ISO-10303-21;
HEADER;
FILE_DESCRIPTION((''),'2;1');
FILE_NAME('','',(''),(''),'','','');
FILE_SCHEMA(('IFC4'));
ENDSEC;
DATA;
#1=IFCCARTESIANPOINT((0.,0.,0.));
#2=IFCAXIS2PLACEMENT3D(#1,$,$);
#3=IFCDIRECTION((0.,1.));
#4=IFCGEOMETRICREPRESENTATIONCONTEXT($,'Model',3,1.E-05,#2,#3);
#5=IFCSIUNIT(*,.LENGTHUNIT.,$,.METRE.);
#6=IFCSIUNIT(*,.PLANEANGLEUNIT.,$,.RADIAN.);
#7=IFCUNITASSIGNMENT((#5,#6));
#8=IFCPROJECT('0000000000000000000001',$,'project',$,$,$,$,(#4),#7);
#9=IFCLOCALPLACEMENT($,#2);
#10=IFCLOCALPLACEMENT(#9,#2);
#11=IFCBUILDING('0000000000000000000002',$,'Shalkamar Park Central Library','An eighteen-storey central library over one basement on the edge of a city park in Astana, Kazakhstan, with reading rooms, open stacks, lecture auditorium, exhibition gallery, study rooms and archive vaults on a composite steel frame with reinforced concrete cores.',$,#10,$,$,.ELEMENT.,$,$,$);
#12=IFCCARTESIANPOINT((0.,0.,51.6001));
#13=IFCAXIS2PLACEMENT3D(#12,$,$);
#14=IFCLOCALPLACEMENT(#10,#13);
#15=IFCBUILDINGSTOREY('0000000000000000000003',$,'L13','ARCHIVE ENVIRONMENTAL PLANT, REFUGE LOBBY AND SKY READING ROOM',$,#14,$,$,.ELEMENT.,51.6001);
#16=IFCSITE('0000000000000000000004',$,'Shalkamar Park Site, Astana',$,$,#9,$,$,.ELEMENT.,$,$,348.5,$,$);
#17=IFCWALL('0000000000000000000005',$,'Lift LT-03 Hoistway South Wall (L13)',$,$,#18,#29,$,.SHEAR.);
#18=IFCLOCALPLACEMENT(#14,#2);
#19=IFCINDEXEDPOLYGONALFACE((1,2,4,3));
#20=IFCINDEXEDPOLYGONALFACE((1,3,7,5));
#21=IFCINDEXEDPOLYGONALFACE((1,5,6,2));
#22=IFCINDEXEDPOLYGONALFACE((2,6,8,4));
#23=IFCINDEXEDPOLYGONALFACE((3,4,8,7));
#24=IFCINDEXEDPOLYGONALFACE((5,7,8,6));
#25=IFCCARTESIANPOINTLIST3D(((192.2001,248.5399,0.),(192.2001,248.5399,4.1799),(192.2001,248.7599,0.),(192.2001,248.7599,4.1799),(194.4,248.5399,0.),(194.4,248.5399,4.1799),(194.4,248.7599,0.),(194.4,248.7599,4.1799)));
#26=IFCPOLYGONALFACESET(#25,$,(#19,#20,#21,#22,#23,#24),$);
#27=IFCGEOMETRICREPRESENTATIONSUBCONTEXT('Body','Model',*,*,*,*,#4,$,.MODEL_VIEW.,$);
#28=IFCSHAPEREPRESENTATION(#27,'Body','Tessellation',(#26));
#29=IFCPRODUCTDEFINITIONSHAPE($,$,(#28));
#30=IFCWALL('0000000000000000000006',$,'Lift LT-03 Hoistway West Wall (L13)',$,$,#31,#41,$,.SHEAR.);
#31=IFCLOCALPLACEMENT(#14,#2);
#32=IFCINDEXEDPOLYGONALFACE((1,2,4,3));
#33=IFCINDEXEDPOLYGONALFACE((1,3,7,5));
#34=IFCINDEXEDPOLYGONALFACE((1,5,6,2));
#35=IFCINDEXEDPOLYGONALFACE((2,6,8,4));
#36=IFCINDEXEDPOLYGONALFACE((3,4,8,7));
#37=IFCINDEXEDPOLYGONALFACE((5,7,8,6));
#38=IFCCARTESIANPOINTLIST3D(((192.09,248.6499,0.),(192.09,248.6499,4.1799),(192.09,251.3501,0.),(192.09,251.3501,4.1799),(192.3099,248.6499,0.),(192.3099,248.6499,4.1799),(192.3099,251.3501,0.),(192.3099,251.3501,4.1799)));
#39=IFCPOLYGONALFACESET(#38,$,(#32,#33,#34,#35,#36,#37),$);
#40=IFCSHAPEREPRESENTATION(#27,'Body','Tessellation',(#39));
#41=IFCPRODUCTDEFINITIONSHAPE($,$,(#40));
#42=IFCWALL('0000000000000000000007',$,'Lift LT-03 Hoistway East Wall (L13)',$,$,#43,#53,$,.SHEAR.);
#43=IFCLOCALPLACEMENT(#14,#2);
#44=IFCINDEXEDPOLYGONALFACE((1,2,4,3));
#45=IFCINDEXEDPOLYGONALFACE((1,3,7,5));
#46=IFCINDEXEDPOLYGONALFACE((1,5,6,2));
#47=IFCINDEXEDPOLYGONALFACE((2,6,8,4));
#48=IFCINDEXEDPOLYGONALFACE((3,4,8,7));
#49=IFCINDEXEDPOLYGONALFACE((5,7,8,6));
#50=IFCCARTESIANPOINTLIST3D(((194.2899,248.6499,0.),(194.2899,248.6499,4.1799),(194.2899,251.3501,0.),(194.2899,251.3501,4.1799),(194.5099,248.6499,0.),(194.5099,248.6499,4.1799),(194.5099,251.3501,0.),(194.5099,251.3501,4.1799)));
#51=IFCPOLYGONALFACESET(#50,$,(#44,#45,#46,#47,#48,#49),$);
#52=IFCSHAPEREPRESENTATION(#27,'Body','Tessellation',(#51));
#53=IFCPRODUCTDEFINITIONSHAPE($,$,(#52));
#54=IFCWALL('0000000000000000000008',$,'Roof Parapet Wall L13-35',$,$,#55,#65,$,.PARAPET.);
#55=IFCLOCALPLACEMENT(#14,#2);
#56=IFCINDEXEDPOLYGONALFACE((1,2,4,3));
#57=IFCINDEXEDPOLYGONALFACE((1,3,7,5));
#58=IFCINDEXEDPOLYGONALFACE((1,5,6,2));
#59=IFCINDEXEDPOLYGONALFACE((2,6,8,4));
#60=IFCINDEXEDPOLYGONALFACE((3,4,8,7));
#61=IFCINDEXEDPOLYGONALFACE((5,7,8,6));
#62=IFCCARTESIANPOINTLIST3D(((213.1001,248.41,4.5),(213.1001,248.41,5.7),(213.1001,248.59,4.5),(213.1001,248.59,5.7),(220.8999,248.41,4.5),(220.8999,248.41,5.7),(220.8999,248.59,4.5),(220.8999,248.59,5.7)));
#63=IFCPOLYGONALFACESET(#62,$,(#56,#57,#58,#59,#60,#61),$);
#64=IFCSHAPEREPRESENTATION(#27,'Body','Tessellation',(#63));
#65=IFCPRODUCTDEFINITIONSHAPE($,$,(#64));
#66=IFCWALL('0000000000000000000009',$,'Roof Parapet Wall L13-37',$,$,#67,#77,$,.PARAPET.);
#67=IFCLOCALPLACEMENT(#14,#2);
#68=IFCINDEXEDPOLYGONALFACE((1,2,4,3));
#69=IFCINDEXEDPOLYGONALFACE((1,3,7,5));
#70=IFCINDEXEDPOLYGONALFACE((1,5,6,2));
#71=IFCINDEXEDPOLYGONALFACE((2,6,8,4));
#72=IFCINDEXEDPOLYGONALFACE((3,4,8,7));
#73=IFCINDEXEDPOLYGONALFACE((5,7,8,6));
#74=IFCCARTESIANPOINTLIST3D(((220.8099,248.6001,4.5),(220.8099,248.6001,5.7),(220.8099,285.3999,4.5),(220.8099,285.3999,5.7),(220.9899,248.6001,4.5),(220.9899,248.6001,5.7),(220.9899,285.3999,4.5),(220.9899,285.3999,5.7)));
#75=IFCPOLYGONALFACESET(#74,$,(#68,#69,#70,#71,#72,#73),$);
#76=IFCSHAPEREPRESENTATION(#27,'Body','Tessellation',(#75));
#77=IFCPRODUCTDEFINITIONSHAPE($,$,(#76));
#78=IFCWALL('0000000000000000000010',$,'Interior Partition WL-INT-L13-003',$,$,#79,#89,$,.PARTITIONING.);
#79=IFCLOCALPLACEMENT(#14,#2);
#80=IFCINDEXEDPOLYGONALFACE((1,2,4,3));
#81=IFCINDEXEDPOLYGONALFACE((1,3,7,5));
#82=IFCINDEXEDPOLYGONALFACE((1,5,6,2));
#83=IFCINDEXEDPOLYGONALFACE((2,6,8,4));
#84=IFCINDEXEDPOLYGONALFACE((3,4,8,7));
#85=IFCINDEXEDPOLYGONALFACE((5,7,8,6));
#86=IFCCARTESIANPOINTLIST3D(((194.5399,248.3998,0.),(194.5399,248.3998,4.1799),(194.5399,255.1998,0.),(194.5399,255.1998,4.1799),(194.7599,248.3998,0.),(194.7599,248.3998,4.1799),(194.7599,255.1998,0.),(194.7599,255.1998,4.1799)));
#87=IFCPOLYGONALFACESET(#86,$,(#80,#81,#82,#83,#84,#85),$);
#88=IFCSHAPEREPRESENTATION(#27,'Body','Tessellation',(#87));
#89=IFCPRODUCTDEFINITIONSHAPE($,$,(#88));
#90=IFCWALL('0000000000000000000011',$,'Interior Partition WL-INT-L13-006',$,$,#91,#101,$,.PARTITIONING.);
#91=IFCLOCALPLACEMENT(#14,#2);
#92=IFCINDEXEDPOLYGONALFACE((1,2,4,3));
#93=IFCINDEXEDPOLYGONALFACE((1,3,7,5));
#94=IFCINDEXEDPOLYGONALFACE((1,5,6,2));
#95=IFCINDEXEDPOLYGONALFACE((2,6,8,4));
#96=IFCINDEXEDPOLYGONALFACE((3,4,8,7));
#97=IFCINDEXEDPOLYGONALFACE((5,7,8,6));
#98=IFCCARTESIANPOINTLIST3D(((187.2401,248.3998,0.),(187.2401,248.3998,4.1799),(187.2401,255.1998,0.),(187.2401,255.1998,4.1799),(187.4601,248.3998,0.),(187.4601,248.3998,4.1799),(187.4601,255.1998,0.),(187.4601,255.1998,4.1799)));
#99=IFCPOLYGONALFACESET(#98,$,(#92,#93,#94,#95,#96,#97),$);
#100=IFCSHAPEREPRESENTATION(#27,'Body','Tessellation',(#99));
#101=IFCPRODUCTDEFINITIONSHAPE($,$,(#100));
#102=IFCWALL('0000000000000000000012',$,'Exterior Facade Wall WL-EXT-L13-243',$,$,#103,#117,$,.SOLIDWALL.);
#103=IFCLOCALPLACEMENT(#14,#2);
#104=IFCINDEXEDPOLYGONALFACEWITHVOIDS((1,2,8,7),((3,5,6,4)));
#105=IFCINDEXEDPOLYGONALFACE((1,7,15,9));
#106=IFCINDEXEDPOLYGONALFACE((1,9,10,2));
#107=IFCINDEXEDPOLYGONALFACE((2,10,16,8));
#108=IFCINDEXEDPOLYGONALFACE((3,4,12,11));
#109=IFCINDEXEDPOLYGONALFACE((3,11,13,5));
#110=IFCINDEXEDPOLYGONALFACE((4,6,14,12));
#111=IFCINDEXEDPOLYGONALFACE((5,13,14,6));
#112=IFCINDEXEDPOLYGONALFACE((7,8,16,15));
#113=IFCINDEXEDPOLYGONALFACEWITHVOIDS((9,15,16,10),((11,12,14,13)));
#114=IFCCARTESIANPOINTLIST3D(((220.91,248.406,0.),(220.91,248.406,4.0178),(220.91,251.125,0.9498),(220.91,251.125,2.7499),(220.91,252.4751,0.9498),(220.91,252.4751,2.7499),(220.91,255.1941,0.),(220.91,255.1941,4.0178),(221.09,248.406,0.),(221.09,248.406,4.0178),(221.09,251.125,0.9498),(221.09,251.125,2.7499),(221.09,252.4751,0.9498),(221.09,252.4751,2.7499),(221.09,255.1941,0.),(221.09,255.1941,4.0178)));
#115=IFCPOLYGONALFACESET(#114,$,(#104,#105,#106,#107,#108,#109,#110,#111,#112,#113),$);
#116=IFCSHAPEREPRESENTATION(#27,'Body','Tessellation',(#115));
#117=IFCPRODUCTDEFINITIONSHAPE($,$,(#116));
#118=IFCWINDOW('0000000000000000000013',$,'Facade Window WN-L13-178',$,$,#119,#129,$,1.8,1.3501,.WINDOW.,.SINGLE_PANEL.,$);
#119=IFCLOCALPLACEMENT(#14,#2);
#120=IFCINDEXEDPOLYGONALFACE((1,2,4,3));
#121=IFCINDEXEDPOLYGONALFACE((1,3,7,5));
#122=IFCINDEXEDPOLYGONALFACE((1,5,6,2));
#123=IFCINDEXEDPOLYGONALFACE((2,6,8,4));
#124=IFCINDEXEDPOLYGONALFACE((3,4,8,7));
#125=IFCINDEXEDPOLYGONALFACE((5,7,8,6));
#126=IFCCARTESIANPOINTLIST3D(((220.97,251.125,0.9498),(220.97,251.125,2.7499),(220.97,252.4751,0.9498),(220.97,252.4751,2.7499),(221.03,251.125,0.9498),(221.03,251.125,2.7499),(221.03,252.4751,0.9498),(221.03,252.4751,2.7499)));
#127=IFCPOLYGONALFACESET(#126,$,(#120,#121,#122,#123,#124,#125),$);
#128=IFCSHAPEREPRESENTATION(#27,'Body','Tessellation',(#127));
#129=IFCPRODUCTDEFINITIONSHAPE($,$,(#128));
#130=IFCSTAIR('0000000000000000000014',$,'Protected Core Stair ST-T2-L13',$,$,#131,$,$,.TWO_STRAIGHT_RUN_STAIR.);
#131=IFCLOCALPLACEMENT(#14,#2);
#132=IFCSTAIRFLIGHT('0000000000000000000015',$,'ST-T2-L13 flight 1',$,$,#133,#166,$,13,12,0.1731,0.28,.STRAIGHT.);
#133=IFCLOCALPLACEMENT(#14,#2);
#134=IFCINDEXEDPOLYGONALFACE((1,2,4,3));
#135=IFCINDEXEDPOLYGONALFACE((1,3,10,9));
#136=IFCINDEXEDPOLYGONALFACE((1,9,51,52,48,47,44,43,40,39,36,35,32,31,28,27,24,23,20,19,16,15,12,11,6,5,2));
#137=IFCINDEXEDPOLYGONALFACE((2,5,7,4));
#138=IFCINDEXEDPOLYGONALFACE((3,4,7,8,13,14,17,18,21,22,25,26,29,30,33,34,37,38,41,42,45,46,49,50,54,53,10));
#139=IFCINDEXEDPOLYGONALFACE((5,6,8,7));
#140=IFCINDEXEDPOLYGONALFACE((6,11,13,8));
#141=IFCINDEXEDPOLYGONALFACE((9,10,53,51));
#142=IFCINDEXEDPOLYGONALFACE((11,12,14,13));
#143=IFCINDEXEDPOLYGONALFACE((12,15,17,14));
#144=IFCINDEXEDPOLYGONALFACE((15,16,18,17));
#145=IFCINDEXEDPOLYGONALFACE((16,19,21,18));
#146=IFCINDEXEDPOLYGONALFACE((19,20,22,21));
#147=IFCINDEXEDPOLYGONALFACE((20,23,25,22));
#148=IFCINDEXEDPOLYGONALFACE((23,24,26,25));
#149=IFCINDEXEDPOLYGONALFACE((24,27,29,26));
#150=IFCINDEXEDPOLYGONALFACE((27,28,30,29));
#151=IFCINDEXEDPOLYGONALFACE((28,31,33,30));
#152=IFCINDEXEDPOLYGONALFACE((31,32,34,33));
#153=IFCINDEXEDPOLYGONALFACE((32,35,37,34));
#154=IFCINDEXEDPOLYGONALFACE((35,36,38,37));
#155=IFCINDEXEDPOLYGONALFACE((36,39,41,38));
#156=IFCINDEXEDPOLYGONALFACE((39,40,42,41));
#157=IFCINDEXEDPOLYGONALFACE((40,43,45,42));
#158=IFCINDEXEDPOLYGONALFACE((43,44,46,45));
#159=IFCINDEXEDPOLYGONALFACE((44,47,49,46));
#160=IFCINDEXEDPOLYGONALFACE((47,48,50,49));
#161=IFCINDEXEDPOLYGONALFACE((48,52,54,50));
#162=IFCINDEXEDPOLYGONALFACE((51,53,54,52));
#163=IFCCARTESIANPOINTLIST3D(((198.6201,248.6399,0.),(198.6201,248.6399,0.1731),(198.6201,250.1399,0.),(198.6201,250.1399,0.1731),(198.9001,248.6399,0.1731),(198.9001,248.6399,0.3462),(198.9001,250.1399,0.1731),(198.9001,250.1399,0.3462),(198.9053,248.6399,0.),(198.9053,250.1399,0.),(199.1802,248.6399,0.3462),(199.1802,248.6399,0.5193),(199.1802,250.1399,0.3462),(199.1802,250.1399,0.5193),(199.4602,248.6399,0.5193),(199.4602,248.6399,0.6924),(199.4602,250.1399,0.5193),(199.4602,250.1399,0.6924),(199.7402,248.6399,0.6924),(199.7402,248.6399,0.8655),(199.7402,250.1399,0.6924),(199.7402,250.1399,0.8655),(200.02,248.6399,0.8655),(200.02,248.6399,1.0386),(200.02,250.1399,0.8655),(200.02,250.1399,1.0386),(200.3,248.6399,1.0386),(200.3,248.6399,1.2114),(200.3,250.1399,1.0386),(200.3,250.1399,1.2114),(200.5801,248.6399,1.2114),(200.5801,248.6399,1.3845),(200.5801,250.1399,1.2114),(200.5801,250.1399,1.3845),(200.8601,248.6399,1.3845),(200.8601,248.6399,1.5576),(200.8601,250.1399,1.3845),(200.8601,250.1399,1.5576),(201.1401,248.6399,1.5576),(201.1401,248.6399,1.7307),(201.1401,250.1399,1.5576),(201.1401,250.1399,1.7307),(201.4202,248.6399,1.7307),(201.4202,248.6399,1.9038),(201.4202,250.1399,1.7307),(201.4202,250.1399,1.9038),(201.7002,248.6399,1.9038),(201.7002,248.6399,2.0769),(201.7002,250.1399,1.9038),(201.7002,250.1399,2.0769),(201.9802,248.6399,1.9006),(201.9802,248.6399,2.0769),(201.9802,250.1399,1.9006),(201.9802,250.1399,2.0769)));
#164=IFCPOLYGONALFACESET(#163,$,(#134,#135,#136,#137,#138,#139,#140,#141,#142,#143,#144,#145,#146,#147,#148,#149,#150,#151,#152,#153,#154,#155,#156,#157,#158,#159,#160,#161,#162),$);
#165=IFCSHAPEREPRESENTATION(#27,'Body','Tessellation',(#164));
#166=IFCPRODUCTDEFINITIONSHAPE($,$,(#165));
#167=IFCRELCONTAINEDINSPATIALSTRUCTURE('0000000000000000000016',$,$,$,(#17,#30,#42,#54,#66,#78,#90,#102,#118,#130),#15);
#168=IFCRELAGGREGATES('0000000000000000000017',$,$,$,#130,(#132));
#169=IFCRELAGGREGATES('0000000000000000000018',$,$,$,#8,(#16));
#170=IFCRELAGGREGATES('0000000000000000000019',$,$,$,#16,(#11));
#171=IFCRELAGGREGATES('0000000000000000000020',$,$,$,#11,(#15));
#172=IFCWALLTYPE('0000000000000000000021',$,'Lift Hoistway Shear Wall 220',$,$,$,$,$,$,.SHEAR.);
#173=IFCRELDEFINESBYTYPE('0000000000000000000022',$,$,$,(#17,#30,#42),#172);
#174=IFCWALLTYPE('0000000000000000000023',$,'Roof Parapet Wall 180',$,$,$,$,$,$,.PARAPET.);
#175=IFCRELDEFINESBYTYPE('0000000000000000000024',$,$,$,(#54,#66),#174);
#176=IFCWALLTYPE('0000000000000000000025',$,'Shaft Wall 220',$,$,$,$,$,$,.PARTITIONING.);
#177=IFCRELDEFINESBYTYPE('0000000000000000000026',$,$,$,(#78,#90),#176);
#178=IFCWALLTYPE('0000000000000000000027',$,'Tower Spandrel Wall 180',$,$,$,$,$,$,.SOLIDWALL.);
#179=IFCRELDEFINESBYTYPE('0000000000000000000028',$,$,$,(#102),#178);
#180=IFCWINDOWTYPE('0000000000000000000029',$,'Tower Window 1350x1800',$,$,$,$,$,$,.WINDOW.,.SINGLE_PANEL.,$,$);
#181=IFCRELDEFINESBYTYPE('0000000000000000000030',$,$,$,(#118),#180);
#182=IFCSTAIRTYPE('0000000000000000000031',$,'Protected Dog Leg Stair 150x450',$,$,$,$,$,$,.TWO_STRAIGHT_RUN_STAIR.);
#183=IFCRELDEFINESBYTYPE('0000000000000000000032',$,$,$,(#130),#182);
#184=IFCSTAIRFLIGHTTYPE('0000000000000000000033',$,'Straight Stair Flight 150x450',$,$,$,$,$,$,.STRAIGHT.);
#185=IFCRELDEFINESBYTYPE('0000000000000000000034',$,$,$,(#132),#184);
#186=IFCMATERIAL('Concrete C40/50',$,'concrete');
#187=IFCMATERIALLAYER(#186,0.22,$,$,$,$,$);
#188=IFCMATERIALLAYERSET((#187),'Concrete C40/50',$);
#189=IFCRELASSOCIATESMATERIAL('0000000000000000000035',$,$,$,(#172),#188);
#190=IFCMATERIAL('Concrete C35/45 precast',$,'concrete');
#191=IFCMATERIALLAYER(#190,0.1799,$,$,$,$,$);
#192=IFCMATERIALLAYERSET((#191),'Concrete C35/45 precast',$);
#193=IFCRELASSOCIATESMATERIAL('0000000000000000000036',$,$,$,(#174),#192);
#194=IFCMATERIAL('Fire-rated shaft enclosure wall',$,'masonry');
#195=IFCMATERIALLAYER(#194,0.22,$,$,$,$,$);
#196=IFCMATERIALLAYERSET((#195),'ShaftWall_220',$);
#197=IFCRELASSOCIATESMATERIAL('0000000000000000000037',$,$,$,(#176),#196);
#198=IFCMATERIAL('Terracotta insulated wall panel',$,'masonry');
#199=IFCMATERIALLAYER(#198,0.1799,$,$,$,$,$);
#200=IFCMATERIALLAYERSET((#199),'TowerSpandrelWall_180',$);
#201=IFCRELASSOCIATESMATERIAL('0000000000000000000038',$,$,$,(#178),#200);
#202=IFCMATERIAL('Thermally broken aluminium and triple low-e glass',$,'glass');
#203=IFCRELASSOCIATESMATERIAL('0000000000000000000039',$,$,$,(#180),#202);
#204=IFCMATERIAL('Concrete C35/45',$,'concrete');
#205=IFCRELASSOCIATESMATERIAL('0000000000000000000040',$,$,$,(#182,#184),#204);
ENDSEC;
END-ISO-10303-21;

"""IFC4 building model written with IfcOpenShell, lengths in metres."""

from ifc_helpers import new_model, si_unit, direction, frame, frame_2d, origin, place, context, subcontext, project, spatial, polyline, rectangle, outline, extrude, material, layer, layer_set, type_object, element, fill, aggregate, save


model = new_model("IFC4")

# Units and contexts
model_context = context("Model", 3, precision=1e-05, world=origin(), true_north=direction((0.0, 1.0)))
body_context = subcontext(model_context, "Body", "Model", "MODEL_VIEW")
ifc_project = project(units=[si_unit("LENGTHUNIT", "METRE"), si_unit("PLANEANGLEUNIT", "RADIAN")], contexts=[model_context])

# Site, building, storey
site_placement = place(None, origin())
site = spatial("IfcSite", under=ifc_project, at=site_placement, Name="Shalkamar Park Site, Astana", CompositionType="ELEMENT", RefElevation=348.5)
building_placement = place(site_placement, origin())
building = spatial("IfcBuilding", under=site, at=building_placement, Name="Shalkamar Park Central Library", Description="An eighteen-storey central library over one basement on the edge of a city park in Astana, Kazakhstan, with reading rooms, open stacks, lecture auditorium, exhibition gallery, study rooms and archive vaults on a composite steel frame with reinforced concrete cores.", CompositionType="ELEMENT")
storey_placement = place(building_placement, frame((0.0, 0.0, 51.6001)))
storey = spatial("IfcBuildingStorey", under=building, at=storey_placement, Name="L13", Description="ARCHIVE ENVIRONMENTAL PLANT, REFUGE LOBBY AND SKY READING ROOM", CompositionType="ELEMENT", Elevation=51.6001)

# Shared definitions
ifc_material_1 = material(Name="Concrete C40/50", Category="concrete")
ifc_layer_1 = layer(ifc_material_1, 0.22)
ifc_layer_set_1 = layer_set([ifc_layer_1], Name="Concrete C40/50")
wall_type_1 = type_object("IfcWallType", Name="Lift Hoistway Shear Wall 220", PredefinedType="SHEAR", material=ifc_layer_set_1)

# Walls
wall_1_placement = place(storey_placement, frame((192.2, 248.6499, 0.0), z_axis=(0.0, 0.0, 1.0), x_axis=(1.0, 0.0, 0.0)))
element("IfcWall", 1, at=wall_1_placement, inside=storey, type_object=wall_type_1, Name="Lift LT-03 Hoistway South Wall (L13)", PredefinedType="SHEAR", context=body_context, shape_type="SweptSolid", body=[
    extrude(rectangle(XDim=2.2, YDim=0.22, at=frame_2d((1.1001, 0.0))), origin(), (0.0, 0.0, 1.0), 4.1799),
])
for number, where, z_axis, x_axis, name in (
    (2, (192.2, 248.6499, 0.0), (0.0, 0.0, 1.0), (0.0, 1.0, 0.0), "Lift LT-03 Hoistway West Wall (L13)"),
    (3, (194.3999, 248.6499, 0.0), (0.0, 0.0, 1.0), (0.0, 1.0, 0.0), "Lift LT-03 Hoistway East Wall (L13)"),
):
    element("IfcWall", number, at=place(storey_placement, frame(where, z_axis=z_axis, x_axis=x_axis)), inside=storey, type_object=wall_type_1, Name=name, PredefinedType="SHEAR", context=body_context, shape_type="SweptSolid", body=[
        extrude(rectangle(XDim=2.7002, YDim=0.22, at=frame_2d((1.3501, 0.0))), origin(), (0.0, 0.0, 1.0), 4.1799),
    ])

# Walls
ifc_material_2 = material(Name="Concrete C35/45 precast", Category="concrete")
ifc_layer_2 = layer(ifc_material_2, 0.1799)
ifc_layer_set_2 = layer_set([ifc_layer_2], Name="Concrete C35/45 precast")
wall_type_2 = type_object("IfcWallType", Name="Roof Parapet Wall 180", PredefinedType="PARAPET", material=ifc_layer_set_2)
wall_2_placement = place(storey_placement, frame((213.1001, 248.5, 4.5), z_axis=(0.0, 0.0, 1.0), x_axis=(1.0, 0.0, 0.0)))
element("IfcWall", 4, at=wall_2_placement, inside=storey, type_object=wall_type_2, Name="Roof Parapet Wall L13-35", PredefinedType="PARAPET", context=body_context, shape_type="SweptSolid", body=[
    extrude(rectangle(XDim=7.7998, YDim=0.1799, at=frame_2d((3.8999, 0.0))), origin(), (0.0, 0.0, 1.0), 1.2),
])
wall_3_placement = place(storey_placement, frame((220.8999, 248.6001, 4.5), z_axis=(0.0, 0.0, 1.0), x_axis=(0.0, 1.0, 0.0)))
element("IfcWall", 5, at=wall_3_placement, inside=storey, type_object=wall_type_2, Name="Roof Parapet Wall L13-37", PredefinedType="PARAPET", context=body_context, shape_type="SweptSolid", body=[
    extrude(rectangle(XDim=36.7998, YDim=0.1799, at=frame_2d((18.3999, 0.0))), origin(), (0.0, 0.0, 1.0), 1.2),
])
ifc_material_3 = material(Name="Fire-rated shaft enclosure wall", Category="masonry")
ifc_layer_3 = layer(ifc_material_3, 0.22)
ifc_layer_set_3 = layer_set([ifc_layer_3], Name="ShaftWall_220")
wall_type_3 = type_object("IfcWallType", Name="Shaft Wall 220", PredefinedType="PARTITIONING", material=ifc_layer_set_3)
for number, where, z_axis, x_axis, name in (
    (6, (194.6499, 248.3999, 0.0), (0.0, 0.0, 1.0), (0.0, 1.0, 0.0), "Interior Partition WL-INT-L13-003"),
    (7, (187.3501, 248.3999, 0.0), (0.0, 0.0, 1.0), (0.0, 1.0, 0.0), "Interior Partition WL-INT-L13-006"),
):
    element("IfcWall", number, at=place(storey_placement, frame(where, z_axis=z_axis, x_axis=x_axis)), inside=storey, type_object=wall_type_3, Name=name, PredefinedType="PARTITIONING", context=body_context, shape_type="SweptSolid", body=[
        extrude(rectangle(XDim=6.8, YDim=0.22, at=frame_2d((3.3999, 0.0))), origin(), (0.0, 0.0, 1.0), 4.1799),
    ])

# Wall, opening, window
ifc_material_4 = material(Name="Terracotta insulated wall panel", Category="masonry")
ifc_layer_4 = layer(ifc_material_4, 0.1799)
ifc_layer_set_4 = layer_set([ifc_layer_4], Name="TowerSpandrelWall_180")
wall_type_4 = type_object("IfcWallType", Name="Tower Spandrel Wall 180", PredefinedType="SOLIDWALL", material=ifc_layer_set_4)
wall_4_placement = place(storey_placement, frame((221.0, 248.406, 0.0), z_axis=(0.0, 0.0, 1.0), x_axis=(0.0, 1.0, 0.0)))
wall_4 = element("IfcWall", 8, at=wall_4_placement, inside=storey, type_object=wall_type_4, Name="Exterior Facade Wall WL-EXT-L13-243", PredefinedType="SOLIDWALL", context=body_context, shape_type="SweptSolid", body=[
    extrude(rectangle(XDim=6.7881, YDim=0.1799, at=frame_2d((3.394, 0.0))), origin(), (0.0, 0.0, 1.0), 4.0178),
])
opening_1_placement = place(wall_4_placement, frame((2.719, 0.0, 0.95)))
opening_1 = element("IfcOpeningElement", 9, at=opening_1_placement, cuts=wall_4, PredefinedType="OPENING", context=body_context, shape_type="SweptSolid", body=[
    extrude(rectangle(XDim=1.3501, YDim=1.8, at=frame_2d((0.675, 0.8999))), frame((0.0, 0.105, 0.0), z_axis=(0.0, -1.0, 0.0), x_axis=(1.0, 0.0, 0.0)), (0.0, 0.0, 1.0), 0.2097),
])
ifc_material_5 = material(Name="Thermally broken aluminium and triple low-e glass", Category="glass")
window_type = type_object("IfcWindowType", Name="Tower Window 1350x1800", PartitioningType="SINGLE_PANEL", PredefinedType="WINDOW", material=ifc_material_5)
window_placement = place(opening_1_placement, origin())
window = element("IfcWindow", 10, at=window_placement, inside=storey, type_object=window_type, Name="Facade Window WN-L13-178", OverallHeight=1.8, OverallWidth=1.3501, PartitioningType="SINGLE_PANEL", PredefinedType="WINDOW", context=body_context, shape_type="SweptSolid", body=[
    extrude(rectangle(XDim=1.3501, YDim=1.8, at=frame_2d((0.675, 0.8999))), frame((0.0, 0.03, 0.0), z_axis=(0.0, -1.0, 0.0), x_axis=(1.0, 0.0, 0.0)), (0.0, 0.0, 1.0), 0.0601),
])
fill(opening_1, window)

# Stair, stair flight
ifc_material_6 = material(Name="Concrete C35/45", Category="concrete")
stair_type = type_object("IfcStairType", Name="Protected Dog Leg Stair 150x450", PredefinedType="TWO_STRAIGHT_RUN_STAIR", material=ifc_material_6)
stair_placement = place(storey_placement, origin())
stair = element("IfcStair", 11, at=stair_placement, inside=storey, type_object=stair_type, Name="Protected Core Stair ST-T2-L13", PredefinedType="TWO_STRAIGHT_RUN_STAIR")
stair_flight_type = type_object("IfcStairFlightType", Name="Straight Stair Flight 150x450", PredefinedType="STRAIGHT", material=ifc_material_6)
stair_flight_1_placement = place(storey_placement, frame((198.6201, 249.3899, 0.0), z_axis=(0.0, 0.0, 1.0), x_axis=(1.0, 0.0, 0.0)))
stair_flight_1 = element("IfcStairFlight", 12, at=stair_flight_1_placement, type_object=stair_flight_type, Name="ST-T2-L13 flight 1", NumberOfRisers=13, NumberOfTreads=12, PredefinedType="STRAIGHT", RiserHeight=0.1731, TreadLength=0.28, context=body_context, shape_type="SweptSolid", body=[
    extrude(outline(polyline([(0.0, 0.0), (0.0, 0.1731), (0.28, 0.1731), (0.28, 0.3462), (0.5601, 0.3462), (0.5601, 0.5193), (0.8401, 0.5193), (0.8401, 0.6924), (1.1201, 0.6924), (1.1201, 0.8655), (1.3999, 0.8655), (1.3999, 1.0386), (1.6799, 1.0386), (1.6799, 1.2114), (1.96, 1.2114), (1.96, 1.3845), (2.24, 1.3845), (2.24, 1.5576), (2.52, 1.5576), (2.52, 1.7307), (2.8, 1.7307), (2.8, 1.9038), (3.0801, 1.9038), (3.0801, 2.0769), (3.3601, 2.0769), (3.3601, 2.25), (3.3601, 1.9006), (0.2852, 0.0), (0.0, 0.0)])), frame((0.0, 0.75, 0.0), z_axis=(0.0, -1.0, 0.0), x_axis=(1.0, 0.0, 0.0)), (0.0, 0.0, 1.0), 1.5),
])
aggregate(stair, [stair_flight_1])

save(model, "model.ifc")
